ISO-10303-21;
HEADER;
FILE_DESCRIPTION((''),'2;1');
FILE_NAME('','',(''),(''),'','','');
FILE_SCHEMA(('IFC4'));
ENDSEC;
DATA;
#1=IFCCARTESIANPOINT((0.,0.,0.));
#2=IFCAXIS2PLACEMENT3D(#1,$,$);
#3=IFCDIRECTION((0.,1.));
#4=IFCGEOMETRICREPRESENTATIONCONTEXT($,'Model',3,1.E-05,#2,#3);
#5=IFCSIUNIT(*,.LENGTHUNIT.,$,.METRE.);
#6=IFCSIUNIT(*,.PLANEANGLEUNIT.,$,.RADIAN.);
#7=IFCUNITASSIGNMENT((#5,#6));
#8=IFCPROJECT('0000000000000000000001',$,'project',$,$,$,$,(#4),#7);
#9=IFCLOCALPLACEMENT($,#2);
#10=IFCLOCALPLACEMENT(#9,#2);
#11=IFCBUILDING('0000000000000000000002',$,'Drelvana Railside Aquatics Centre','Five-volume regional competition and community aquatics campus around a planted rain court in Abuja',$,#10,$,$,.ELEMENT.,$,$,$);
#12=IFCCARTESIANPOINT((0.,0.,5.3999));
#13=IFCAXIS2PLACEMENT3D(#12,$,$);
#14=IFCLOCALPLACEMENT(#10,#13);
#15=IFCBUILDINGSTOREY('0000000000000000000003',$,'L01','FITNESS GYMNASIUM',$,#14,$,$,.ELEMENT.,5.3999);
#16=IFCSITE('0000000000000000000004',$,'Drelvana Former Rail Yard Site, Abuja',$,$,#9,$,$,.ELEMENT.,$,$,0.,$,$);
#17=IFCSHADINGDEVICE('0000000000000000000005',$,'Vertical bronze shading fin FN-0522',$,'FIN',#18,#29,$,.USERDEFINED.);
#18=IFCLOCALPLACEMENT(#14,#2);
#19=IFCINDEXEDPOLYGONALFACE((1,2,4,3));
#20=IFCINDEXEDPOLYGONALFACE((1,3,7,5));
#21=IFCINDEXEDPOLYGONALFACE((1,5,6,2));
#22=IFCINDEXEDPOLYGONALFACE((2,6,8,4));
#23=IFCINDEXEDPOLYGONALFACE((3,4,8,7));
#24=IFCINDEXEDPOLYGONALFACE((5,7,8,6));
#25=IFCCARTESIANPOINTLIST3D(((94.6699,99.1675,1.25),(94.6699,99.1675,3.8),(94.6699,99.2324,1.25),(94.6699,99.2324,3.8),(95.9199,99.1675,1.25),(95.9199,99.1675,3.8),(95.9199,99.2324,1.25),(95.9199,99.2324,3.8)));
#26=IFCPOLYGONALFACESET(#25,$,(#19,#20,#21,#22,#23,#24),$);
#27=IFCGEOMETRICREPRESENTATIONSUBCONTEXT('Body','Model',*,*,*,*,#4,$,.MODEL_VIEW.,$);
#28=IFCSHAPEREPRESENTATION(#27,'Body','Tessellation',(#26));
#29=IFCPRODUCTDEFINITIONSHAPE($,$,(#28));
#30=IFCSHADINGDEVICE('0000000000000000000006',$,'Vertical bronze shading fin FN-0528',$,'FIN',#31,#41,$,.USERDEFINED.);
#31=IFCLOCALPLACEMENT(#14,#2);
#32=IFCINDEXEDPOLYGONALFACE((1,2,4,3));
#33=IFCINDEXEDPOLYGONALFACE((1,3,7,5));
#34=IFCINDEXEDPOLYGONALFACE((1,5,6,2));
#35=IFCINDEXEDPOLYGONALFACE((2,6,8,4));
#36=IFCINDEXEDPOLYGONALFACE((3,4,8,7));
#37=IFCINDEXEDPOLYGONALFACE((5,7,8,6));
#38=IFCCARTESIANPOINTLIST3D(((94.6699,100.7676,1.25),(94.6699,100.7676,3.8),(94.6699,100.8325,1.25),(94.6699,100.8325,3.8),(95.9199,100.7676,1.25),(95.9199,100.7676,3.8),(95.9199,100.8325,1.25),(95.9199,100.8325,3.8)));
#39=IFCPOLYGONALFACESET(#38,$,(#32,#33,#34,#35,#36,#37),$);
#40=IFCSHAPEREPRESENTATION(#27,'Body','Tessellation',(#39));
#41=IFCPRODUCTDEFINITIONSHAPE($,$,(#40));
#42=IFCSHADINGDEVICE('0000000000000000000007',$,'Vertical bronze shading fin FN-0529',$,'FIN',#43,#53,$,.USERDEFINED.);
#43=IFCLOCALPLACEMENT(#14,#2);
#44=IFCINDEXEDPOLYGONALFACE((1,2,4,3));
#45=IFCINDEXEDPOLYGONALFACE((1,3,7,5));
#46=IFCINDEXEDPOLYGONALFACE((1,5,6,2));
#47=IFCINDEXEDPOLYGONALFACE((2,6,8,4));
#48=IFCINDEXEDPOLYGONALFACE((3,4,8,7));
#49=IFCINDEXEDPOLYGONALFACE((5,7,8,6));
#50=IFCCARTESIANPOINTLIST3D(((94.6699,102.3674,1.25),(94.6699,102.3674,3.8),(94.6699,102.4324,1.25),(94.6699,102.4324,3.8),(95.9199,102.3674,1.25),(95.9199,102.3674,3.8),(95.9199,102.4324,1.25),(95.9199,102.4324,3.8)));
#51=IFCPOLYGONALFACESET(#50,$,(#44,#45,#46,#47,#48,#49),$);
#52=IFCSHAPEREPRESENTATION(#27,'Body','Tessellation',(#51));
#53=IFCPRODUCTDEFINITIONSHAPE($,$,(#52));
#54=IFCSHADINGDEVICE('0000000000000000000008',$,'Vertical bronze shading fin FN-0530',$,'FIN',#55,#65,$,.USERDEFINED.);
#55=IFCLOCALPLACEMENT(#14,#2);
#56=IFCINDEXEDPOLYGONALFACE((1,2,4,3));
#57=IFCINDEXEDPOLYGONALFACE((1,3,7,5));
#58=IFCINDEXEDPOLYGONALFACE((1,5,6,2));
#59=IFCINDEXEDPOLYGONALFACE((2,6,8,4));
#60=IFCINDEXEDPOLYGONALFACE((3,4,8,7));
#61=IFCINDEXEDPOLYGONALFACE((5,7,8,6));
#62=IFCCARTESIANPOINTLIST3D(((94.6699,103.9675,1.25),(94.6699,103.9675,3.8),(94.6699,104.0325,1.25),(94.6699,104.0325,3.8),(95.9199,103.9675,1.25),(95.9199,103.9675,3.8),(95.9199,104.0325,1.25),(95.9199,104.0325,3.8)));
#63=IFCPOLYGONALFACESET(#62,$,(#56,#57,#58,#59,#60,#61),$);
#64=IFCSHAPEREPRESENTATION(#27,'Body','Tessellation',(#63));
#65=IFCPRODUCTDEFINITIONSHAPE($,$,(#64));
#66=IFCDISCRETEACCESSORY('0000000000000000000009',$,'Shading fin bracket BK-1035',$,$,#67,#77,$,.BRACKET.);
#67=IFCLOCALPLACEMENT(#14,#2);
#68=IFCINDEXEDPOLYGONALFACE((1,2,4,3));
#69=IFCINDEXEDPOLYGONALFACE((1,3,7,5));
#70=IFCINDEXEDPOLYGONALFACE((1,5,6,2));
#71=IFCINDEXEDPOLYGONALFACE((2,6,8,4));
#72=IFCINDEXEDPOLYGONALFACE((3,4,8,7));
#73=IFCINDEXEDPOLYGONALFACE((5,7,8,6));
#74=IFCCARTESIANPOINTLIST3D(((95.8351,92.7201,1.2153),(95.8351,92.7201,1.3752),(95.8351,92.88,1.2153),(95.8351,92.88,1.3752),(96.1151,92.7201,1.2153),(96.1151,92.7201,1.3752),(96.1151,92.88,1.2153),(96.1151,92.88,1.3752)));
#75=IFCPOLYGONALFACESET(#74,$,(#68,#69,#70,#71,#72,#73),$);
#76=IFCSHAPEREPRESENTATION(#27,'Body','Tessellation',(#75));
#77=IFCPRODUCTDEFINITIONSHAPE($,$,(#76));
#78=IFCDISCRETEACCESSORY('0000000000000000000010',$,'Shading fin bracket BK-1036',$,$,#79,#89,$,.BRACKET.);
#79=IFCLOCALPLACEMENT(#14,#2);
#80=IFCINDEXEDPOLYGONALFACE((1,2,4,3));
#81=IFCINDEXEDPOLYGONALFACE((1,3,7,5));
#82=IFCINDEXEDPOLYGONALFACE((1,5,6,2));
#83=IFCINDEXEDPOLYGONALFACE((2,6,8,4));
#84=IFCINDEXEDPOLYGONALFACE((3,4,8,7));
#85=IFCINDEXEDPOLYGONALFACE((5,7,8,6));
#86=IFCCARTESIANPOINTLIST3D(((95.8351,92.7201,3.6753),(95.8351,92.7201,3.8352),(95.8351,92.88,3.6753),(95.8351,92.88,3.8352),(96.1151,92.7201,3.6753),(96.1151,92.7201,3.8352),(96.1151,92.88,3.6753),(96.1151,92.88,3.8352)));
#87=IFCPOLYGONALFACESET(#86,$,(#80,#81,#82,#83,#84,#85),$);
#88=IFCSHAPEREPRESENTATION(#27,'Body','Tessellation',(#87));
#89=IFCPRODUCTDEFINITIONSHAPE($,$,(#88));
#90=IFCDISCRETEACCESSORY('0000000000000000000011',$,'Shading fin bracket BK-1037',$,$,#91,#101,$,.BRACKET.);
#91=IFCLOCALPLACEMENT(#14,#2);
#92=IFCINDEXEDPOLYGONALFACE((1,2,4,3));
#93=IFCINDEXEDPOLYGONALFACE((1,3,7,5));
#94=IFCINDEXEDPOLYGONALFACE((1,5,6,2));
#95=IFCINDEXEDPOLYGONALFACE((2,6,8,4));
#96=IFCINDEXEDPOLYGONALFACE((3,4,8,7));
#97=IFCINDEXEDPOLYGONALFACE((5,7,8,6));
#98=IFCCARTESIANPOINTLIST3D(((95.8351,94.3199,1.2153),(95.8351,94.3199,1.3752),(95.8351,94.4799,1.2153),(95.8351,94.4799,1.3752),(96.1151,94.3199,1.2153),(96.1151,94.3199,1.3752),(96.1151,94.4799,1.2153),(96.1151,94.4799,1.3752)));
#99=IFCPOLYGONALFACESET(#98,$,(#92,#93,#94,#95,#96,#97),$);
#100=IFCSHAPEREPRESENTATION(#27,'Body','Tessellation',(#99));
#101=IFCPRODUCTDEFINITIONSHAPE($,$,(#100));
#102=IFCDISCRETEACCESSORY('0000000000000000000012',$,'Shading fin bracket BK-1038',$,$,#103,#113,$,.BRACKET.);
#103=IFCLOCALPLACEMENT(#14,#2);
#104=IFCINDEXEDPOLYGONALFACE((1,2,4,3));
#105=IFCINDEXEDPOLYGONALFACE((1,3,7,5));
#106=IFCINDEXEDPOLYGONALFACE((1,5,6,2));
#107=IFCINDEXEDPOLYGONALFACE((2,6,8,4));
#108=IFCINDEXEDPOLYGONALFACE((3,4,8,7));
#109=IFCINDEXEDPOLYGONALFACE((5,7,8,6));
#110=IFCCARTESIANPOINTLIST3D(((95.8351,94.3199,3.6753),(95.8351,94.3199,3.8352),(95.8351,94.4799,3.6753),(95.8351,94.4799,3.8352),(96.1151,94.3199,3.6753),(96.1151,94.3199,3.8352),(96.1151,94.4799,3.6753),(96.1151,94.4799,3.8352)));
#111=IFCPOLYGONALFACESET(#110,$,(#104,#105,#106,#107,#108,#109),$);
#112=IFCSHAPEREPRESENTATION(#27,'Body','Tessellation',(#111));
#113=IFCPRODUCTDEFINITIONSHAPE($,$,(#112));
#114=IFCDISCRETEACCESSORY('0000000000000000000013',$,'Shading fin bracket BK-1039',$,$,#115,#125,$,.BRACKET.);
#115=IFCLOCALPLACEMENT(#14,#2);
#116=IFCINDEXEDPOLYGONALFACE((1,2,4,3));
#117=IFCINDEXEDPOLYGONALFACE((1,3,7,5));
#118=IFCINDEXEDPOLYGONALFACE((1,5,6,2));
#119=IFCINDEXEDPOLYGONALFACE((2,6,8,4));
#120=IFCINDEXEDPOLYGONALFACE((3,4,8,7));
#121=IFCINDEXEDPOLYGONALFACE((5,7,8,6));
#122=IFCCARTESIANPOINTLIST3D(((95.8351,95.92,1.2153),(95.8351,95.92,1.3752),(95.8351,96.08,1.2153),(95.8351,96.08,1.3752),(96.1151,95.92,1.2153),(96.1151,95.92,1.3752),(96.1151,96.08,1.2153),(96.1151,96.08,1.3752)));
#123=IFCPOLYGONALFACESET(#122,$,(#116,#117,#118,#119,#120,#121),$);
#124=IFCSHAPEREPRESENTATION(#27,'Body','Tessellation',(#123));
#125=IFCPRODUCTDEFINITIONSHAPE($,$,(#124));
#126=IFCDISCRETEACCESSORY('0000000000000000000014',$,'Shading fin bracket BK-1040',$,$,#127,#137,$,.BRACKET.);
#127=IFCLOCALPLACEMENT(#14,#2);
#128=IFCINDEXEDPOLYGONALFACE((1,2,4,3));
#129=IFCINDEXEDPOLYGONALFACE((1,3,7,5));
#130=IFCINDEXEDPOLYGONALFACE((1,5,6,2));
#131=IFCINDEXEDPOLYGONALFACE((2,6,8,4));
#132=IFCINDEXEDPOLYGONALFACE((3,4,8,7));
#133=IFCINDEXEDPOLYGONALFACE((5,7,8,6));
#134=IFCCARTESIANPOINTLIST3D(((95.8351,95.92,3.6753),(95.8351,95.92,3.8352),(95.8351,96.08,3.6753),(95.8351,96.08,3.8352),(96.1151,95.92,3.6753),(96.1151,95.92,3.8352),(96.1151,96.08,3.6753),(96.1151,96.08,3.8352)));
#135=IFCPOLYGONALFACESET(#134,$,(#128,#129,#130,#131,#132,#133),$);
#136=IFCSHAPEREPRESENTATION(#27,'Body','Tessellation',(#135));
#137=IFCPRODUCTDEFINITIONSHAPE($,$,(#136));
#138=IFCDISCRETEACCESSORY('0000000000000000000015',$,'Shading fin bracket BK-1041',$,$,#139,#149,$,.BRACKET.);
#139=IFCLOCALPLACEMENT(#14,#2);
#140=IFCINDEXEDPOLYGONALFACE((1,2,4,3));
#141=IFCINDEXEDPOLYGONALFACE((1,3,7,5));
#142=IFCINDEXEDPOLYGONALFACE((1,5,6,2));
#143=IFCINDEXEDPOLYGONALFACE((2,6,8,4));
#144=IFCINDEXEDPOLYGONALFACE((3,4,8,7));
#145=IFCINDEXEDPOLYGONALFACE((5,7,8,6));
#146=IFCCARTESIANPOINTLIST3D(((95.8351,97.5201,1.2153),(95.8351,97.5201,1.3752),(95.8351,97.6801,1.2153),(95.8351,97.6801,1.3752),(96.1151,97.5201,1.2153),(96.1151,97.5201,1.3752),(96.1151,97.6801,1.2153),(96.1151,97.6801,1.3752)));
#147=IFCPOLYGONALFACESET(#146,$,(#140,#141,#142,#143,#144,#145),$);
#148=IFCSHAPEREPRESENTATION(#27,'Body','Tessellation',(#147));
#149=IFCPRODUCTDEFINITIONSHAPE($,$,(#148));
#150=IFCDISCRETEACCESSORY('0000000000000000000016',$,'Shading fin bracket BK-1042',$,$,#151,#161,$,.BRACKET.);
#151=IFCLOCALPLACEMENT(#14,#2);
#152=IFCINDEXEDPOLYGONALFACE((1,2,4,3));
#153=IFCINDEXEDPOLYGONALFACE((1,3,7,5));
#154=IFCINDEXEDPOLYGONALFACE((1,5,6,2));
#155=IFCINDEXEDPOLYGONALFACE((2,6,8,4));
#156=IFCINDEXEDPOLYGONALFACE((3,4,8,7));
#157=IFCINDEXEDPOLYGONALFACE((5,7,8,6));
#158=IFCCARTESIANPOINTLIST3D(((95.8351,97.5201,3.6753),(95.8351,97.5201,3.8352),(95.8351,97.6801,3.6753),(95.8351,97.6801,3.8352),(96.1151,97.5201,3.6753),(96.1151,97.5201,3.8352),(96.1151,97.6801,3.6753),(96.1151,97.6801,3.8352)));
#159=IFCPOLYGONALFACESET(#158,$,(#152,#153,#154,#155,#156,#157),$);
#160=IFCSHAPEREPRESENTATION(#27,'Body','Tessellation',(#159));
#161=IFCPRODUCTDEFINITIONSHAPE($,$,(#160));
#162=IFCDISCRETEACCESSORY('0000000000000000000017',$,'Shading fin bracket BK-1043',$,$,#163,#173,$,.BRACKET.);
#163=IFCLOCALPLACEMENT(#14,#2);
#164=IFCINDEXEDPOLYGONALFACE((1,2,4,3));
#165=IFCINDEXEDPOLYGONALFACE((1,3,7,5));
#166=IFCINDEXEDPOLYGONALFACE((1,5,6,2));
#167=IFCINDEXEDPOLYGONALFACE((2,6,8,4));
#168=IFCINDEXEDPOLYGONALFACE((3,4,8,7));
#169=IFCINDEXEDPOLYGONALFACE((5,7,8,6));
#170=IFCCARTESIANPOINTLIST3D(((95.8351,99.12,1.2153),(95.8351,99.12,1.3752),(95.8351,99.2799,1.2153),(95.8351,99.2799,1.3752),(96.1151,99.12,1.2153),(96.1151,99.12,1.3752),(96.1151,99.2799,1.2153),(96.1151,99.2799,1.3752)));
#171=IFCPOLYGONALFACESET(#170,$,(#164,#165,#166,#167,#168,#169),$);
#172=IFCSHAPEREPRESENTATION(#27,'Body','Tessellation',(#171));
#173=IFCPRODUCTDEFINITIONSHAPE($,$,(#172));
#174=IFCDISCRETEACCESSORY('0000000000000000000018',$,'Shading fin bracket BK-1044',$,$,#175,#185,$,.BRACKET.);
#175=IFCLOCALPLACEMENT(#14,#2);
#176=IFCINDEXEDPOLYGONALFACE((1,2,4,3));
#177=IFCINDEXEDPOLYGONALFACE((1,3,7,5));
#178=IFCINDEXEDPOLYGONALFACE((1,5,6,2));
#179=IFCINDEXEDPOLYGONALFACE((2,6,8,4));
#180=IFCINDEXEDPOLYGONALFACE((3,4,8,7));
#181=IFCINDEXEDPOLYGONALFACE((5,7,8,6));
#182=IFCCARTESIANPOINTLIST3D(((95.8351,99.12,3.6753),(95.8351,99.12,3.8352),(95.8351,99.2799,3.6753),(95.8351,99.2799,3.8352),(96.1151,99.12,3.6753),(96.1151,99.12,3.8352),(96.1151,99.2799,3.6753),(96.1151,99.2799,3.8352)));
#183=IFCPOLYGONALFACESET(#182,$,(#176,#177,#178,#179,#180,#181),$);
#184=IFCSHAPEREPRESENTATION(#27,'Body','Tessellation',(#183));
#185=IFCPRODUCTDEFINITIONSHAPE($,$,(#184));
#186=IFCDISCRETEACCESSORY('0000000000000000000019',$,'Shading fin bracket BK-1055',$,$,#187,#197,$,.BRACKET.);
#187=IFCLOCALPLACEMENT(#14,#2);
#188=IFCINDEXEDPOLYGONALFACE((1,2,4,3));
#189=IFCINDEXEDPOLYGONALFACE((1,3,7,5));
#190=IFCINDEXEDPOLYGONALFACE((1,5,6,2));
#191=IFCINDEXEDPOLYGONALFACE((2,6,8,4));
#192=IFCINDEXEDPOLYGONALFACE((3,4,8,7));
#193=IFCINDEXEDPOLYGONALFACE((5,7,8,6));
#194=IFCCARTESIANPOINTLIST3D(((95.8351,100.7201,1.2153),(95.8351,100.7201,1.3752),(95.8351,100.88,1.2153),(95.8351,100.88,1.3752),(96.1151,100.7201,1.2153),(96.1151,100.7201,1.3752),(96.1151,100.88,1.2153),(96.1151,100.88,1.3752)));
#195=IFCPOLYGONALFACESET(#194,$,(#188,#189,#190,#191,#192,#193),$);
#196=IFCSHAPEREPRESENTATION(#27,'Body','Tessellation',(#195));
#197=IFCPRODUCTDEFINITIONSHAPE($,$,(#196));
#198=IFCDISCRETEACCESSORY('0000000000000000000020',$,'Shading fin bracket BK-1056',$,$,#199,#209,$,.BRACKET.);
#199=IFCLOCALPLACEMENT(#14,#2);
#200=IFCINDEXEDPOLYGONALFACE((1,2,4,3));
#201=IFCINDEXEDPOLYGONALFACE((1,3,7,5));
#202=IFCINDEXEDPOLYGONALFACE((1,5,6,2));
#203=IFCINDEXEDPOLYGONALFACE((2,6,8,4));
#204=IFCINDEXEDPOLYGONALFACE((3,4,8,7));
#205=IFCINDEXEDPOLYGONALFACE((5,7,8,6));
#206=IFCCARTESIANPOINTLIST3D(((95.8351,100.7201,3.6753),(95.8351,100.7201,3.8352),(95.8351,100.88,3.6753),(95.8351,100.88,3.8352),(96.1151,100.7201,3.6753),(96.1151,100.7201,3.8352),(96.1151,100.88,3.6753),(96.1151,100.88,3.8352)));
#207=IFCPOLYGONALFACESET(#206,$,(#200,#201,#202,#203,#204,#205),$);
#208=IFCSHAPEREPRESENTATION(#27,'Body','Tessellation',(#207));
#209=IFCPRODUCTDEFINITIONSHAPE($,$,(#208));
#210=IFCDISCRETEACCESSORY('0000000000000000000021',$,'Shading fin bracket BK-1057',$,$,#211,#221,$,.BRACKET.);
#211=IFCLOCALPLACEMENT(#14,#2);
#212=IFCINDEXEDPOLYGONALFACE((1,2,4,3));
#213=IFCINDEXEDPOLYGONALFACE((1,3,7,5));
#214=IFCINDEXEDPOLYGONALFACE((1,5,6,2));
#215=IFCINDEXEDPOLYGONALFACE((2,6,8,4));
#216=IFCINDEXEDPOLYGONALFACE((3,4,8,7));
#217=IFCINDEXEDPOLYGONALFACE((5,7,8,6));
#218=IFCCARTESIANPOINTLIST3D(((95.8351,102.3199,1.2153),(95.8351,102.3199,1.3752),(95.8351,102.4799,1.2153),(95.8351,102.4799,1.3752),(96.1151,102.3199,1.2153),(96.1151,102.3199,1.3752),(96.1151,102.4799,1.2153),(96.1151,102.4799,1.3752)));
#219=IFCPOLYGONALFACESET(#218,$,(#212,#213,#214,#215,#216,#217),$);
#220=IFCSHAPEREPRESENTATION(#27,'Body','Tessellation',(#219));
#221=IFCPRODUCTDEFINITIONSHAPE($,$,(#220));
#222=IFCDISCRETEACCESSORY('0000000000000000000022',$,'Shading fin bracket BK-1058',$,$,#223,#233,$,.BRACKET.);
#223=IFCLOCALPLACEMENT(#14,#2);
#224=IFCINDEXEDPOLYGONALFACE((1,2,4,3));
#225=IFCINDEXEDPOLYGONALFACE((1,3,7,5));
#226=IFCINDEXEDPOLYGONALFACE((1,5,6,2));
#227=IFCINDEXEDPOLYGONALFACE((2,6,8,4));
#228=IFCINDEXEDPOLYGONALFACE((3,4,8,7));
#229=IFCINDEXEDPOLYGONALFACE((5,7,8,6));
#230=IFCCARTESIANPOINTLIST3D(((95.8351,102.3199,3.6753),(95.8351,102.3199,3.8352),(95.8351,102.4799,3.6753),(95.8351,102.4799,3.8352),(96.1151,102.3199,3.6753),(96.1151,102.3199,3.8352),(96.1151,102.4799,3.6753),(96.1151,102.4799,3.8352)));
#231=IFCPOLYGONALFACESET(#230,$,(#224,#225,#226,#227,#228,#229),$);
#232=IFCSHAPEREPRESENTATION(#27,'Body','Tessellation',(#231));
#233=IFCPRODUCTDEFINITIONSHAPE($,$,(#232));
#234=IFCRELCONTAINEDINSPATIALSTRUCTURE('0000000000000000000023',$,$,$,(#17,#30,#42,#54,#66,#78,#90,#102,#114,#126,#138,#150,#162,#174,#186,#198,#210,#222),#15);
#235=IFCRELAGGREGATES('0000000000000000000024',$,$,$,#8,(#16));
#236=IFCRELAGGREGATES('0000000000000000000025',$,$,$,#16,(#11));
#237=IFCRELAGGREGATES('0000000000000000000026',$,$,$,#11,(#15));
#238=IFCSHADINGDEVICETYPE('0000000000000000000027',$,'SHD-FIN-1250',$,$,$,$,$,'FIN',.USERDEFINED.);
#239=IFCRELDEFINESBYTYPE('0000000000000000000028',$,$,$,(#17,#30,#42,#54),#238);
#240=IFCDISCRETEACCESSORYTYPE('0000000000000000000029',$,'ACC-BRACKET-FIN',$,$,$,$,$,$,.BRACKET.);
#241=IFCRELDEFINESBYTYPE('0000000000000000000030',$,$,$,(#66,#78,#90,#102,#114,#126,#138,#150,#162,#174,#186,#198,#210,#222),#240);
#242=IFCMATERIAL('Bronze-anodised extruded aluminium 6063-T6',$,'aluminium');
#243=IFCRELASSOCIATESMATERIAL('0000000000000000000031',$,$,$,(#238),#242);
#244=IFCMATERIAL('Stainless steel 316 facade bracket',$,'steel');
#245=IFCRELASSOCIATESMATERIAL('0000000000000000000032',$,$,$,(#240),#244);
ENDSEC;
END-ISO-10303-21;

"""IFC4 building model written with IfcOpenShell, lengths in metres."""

from ifc_helpers import new_model, si_unit, direction, frame, origin, origin_2d, place, context, subcontext, project, spatial, rectangle, extrude, material, type_object, element, save


model = new_model("IFC4")

# Units and contexts
model_context = context("Model", 3, precision=1e-05, world=origin(), true_north=direction((0.0, 1.0)))
body_context = subcontext(model_context, "Body", "Model", "MODEL_VIEW")
ifc_project = project(units=[si_unit("LENGTHUNIT", "METRE"), si_unit("PLANEANGLEUNIT", "RADIAN")], contexts=[model_context])

# Site, building, storey
site_placement = place(None, origin())
site = spatial("IfcSite", under=ifc_project, at=site_placement, Name="Drelvana Former Rail Yard Site, Abuja", CompositionType="ELEMENT", RefElevation=0.0)
building_placement = place(site_placement, origin())
building = spatial("IfcBuilding", under=site, at=building_placement, Name="Drelvana Railside Aquatics Centre", Description="Five-volume regional competition and community aquatics campus around a planted rain court in Abuja", CompositionType="ELEMENT")
storey_placement = place(building_placement, frame((0.0, 0.0, 5.3999)))
storey = spatial("IfcBuildingStorey", under=building, at=storey_placement, Name="L01", Description="FITNESS GYMNASIUM", CompositionType="ELEMENT", Elevation=5.3999)

# Shared definitions
ifc_material_1 = material(Name="Bronze-anodised extruded aluminium 6063-T6", Category="aluminium")

# Shading devices
shading_device_type = type_object("IfcShadingDeviceType", Name="SHD-FIN-1250", ElementType="FIN", PredefinedType="USERDEFINED", material=ifc_material_1)
for number, where, z_axis, x_axis, name in (
    (1, (95.2949, 99.2, 1.25), (0.0, 0.0, 1.0), (-1.0, 0.0, 0.0), "Vertical bronze shading fin FN-0522"),
    (2, (95.2949, 100.8, 1.25), (0.0, 0.0, 1.0), (-1.0, 0.0, 0.0), "Vertical bronze shading fin FN-0528"),
    (3, (95.2949, 102.3999, 1.25), (0.0, 0.0, 1.0), (-1.0, 0.0, 0.0), "Vertical bronze shading fin FN-0529"),
    (4, (95.2949, 104.0, 1.25), (0.0, 0.0, 1.0), (-1.0, 0.0, 0.0), "Vertical bronze shading fin FN-0530"),
):
    element("IfcShadingDevice", number, at=place(storey_placement, frame(where, z_axis=z_axis, x_axis=x_axis)), inside=storey, type_object=shading_device_type, Name=name, ObjectType="FIN", PredefinedType="USERDEFINED", context=body_context, shape_type="SweptSolid", body=[
        extrude(rectangle(XDim=1.25, YDim=0.0649, at=origin_2d()), origin(), (0.0, 0.0, 1.0), 2.55),
    ])

# Discrete accessories
ifc_material_2 = material(Name="Stainless steel 316 facade bracket", Category="steel")
discrete_accessory_type = type_object("IfcDiscreteAccessoryType", Name="ACC-BRACKET-FIN", PredefinedType="BRACKET", material=ifc_material_2)
for number, where, z_axis, x_axis, name in (
    (5, (95.9751, 92.8, 1.2153), (0.0, 0.0, 1.0), (-1.0, 0.0, 0.0), "Shading fin bracket BK-1035"),
    (6, (95.9751, 92.8, 3.6753), (0.0, 0.0, 1.0), (-1.0, 0.0, 0.0), "Shading fin bracket BK-1036"),
    (7, (95.9751, 94.3999, 1.2153), (0.0, 0.0, 1.0), (-1.0, 0.0, 0.0), "Shading fin bracket BK-1037"),
    (8, (95.9751, 94.3999, 3.6753), (0.0, 0.0, 1.0), (-1.0, 0.0, 0.0), "Shading fin bracket BK-1038"),
    (9, (95.9751, 96.0, 1.2153), (0.0, 0.0, 1.0), (-1.0, 0.0, 0.0), "Shading fin bracket BK-1039"),
    (10, (95.9751, 96.0, 3.6753), (0.0, 0.0, 1.0), (-1.0, 0.0, 0.0), "Shading fin bracket BK-1040"),
    (11, (95.9751, 97.6001, 1.2153), (0.0, 0.0, 1.0), (-1.0, 0.0, 0.0), "Shading fin bracket BK-1041"),
    (12, (95.9751, 97.6001, 3.6753), (0.0, 0.0, 1.0), (-1.0, 0.0, 0.0), "Shading fin bracket BK-1042"),
    (13, (95.9751, 99.2, 1.2153), (0.0, 0.0, 1.0), (-1.0, 0.0, 0.0), "Shading fin bracket BK-1043"),
    (14, (95.9751, 99.2, 3.6753), (0.0, 0.0, 1.0), (-1.0, 0.0, 0.0), "Shading fin bracket BK-1044"),
    (15, (95.9751, 100.8, 1.2153), (0.0, 0.0, 1.0), (-1.0, 0.0, 0.0), "Shading fin bracket BK-1055"),
    (16, (95.9751, 100.8, 3.6753), (0.0, 0.0, 1.0), (-1.0, 0.0, 0.0), "Shading fin bracket BK-1056"),
    (17, (95.9751, 102.3999, 1.2153), (0.0, 0.0, 1.0), (-1.0, 0.0, 0.0), "Shading fin bracket BK-1057"),
    (18, (95.9751, 102.3999, 3.6753), (0.0, 0.0, 1.0), (-1.0, 0.0, 0.0), "Shading fin bracket BK-1058"),
):
    element("IfcDiscreteAccessory", number, at=place(storey_placement, frame(where, z_axis=z_axis, x_axis=x_axis)), inside=storey, type_object=discrete_accessory_type, Name=name, PredefinedType="BRACKET", context=body_context, shape_type="SweptSolid", body=[
        extrude(rectangle(XDim=0.28, YDim=0.1599, at=origin_2d()), origin(), (0.0, 0.0, 1.0), 0.1599),
    ])

save(model, "model.ifc")
